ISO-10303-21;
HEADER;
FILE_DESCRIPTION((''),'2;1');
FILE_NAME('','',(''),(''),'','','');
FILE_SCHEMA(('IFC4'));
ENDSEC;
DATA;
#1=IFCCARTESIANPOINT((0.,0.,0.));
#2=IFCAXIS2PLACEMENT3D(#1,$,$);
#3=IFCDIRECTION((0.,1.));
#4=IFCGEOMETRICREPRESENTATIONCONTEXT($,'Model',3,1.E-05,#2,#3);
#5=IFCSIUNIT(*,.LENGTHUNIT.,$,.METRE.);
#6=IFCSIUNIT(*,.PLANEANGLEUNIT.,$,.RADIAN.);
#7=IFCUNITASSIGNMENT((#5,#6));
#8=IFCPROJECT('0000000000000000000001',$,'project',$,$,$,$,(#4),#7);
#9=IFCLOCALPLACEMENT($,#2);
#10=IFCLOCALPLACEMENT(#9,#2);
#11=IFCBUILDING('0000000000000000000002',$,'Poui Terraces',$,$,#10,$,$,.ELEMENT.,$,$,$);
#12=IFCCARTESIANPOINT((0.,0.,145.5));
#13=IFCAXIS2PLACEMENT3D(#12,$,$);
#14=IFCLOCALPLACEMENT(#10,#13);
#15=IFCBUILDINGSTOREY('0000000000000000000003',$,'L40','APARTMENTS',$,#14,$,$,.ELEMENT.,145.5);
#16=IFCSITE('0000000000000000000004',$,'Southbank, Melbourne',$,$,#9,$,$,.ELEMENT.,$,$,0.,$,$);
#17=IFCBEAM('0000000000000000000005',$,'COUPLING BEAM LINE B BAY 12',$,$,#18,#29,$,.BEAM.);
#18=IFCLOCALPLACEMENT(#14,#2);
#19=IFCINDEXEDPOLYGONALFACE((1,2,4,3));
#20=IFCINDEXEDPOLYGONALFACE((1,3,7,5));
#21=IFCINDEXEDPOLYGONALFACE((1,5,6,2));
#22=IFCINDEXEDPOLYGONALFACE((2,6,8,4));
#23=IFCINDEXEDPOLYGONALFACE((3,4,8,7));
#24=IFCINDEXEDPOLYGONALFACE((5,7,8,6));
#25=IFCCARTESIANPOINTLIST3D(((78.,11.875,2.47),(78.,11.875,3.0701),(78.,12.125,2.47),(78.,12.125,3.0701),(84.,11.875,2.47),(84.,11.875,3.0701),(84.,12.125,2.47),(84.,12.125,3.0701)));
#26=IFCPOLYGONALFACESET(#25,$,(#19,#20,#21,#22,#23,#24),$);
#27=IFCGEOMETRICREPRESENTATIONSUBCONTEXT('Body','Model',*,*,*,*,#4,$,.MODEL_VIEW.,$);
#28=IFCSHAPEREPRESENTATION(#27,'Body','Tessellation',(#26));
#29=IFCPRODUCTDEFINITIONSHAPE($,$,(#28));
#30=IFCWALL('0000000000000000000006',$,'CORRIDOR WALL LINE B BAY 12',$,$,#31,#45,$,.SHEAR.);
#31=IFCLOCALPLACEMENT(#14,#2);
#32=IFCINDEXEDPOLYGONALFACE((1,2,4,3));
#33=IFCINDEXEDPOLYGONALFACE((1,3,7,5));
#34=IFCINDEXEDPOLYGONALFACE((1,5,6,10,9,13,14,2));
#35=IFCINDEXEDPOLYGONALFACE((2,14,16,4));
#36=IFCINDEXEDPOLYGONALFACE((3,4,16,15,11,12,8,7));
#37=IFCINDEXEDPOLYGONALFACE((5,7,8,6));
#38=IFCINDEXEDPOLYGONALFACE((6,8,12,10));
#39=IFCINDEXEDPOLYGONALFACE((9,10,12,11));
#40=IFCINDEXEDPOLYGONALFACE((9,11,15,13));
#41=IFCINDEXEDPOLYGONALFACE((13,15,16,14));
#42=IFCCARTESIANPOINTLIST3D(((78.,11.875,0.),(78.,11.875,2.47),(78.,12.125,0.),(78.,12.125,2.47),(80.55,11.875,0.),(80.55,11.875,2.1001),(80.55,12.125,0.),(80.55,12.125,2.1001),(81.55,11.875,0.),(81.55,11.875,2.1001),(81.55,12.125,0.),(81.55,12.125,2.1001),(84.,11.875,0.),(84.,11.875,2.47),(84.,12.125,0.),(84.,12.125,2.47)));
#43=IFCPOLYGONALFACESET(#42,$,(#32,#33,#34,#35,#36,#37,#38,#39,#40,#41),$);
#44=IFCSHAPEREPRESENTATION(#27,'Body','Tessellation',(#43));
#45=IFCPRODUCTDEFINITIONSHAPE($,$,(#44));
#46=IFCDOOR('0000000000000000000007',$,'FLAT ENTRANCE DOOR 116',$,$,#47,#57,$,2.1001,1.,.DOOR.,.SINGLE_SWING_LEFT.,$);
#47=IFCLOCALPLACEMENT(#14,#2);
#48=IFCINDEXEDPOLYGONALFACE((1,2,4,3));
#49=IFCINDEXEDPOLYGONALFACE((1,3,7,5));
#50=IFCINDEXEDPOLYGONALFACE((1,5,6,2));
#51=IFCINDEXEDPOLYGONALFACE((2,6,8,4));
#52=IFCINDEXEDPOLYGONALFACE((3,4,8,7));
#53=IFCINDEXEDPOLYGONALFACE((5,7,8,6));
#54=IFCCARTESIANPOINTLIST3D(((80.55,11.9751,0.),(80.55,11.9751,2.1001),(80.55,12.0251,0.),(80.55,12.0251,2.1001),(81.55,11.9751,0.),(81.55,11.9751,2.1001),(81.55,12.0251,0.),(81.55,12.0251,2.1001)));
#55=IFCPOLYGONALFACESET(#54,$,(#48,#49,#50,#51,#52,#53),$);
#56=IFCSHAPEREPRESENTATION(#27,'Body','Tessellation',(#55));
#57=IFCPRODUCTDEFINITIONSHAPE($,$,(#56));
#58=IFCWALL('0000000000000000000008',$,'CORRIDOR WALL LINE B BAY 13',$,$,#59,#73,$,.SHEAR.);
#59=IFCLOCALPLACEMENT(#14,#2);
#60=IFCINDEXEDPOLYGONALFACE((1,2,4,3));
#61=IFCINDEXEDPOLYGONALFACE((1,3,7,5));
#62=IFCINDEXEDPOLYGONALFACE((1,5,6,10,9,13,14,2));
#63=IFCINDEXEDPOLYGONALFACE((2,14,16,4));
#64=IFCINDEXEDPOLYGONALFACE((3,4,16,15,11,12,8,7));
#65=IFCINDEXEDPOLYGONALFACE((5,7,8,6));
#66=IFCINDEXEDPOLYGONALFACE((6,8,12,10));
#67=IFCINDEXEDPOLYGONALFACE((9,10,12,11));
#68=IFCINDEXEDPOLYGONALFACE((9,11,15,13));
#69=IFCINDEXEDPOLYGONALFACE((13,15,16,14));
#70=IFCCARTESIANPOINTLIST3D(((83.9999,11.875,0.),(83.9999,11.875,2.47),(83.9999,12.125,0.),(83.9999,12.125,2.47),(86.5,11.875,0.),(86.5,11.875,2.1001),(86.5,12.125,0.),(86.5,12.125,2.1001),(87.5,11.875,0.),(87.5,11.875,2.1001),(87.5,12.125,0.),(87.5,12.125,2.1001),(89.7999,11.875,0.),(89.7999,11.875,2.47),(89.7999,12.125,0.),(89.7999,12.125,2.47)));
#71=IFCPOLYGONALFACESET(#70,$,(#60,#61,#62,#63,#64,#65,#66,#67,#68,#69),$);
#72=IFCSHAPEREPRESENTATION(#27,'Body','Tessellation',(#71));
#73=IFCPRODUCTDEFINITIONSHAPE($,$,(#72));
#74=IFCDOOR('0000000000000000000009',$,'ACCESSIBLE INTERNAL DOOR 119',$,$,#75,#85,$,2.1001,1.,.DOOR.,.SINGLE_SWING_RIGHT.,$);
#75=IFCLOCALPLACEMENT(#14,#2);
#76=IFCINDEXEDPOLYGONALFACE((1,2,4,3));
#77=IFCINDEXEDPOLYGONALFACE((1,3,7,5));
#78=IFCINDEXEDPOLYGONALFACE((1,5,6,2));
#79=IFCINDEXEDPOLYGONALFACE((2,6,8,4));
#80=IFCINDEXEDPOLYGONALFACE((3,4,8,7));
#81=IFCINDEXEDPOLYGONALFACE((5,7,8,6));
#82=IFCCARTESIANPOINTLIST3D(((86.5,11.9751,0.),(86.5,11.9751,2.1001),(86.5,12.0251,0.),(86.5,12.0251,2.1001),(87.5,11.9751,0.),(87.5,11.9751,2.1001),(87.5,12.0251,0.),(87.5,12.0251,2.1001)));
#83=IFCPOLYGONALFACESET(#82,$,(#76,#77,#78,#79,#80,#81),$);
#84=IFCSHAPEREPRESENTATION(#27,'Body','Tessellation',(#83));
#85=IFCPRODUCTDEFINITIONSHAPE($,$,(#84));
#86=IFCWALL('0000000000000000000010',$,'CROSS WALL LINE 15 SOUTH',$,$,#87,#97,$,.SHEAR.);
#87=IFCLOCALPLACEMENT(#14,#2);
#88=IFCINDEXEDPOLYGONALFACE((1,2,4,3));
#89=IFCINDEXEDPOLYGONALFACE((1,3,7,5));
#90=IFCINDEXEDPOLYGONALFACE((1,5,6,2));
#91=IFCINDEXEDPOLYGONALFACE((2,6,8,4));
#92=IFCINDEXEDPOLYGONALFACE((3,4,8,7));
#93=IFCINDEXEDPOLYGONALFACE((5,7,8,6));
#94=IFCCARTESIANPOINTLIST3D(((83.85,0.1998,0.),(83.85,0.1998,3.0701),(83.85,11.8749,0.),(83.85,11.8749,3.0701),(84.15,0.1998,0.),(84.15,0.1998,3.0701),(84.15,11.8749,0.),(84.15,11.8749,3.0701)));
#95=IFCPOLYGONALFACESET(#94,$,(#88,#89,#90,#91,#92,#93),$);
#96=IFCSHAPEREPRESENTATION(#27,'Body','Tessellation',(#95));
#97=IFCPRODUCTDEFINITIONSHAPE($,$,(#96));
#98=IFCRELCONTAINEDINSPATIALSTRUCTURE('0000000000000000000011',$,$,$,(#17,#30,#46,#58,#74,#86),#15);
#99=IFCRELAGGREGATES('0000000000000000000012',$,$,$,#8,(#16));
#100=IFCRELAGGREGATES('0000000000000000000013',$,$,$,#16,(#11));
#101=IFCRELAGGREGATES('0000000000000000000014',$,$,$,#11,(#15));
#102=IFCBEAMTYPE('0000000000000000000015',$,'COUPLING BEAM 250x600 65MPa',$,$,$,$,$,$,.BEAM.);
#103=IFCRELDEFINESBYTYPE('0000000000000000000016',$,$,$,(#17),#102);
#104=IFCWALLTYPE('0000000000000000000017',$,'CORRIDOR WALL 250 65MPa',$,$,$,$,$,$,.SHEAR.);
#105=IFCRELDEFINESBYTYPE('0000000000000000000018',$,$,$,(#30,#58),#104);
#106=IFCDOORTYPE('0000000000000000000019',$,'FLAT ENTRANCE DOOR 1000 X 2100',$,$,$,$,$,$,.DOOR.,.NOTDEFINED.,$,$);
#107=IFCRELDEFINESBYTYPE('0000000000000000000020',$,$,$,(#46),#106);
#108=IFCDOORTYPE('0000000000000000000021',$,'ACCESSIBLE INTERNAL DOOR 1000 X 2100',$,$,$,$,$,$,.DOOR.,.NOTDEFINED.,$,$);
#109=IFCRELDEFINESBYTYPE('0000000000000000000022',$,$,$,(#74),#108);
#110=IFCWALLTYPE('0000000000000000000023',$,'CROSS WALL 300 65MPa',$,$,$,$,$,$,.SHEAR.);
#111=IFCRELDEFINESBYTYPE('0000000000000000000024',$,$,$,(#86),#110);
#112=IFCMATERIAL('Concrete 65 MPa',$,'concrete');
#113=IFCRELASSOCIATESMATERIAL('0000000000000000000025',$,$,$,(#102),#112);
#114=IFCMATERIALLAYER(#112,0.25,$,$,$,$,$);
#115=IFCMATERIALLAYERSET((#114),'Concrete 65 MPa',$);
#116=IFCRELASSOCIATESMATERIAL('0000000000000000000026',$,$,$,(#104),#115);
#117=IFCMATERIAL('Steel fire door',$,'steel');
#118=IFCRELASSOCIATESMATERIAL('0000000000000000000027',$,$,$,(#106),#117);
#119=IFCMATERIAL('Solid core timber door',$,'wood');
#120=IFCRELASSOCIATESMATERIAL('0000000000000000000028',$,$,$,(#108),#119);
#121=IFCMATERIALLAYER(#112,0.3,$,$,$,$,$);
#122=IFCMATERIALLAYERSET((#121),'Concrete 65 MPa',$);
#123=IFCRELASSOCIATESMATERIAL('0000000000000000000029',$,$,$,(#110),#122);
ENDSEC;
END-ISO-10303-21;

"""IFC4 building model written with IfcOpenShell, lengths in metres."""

from ifc_helpers import new_model, si_unit, direction, frame, frame_2d, origin, origin_2d, place, context, subcontext, project, spatial, rectangle, extrude, source, transform, mapped, material, layer, layer_set, material_profile, profile_set, type_object, element, fill, save


model = new_model("IFC4")

# Units and contexts
model_context = context("Model", 3, precision=1e-05, world=origin(), true_north=direction((0.0, 1.0)))
body_context = subcontext(model_context, "Body", "Model", "MODEL_VIEW")
ifc_project = project(units=[si_unit("LENGTHUNIT", "METRE"), si_unit("PLANEANGLEUNIT", "RADIAN")], contexts=[model_context])

# Site, building, storey
site_placement = place(None, origin())
site = spatial("IfcSite", under=ifc_project, at=site_placement, Name="Southbank, Melbourne", CompositionType="ELEMENT", RefElevation=0.0)
building_placement = place(site_placement, origin())
building = spatial("IfcBuilding", under=site, at=building_placement, Name="Poui Terraces", CompositionType="ELEMENT")
storey_placement = place(building_placement, frame((0.0, 0.0, 145.5)))
storey = spatial("IfcBuildingStorey", under=building, at=storey_placement, Name="L40", Description="APARTMENTS", CompositionType="ELEMENT", Elevation=145.5)

# Beam
ifc_material_1 = material(Name="Concrete 65 MPa", Category="concrete")
ifc_material_profile = material_profile(ifc_material_1, rectangle(XDim=0.25, YDim=0.6001, at=origin_2d()), Name="RC 250x600")
ifc_profile_set = profile_set([ifc_material_profile], Name="Concrete 65 MPa")
beam_type = type_object("IfcBeamType", Name="COUPLING BEAM 250x600 65MPa", PredefinedType="BEAM", material=ifc_profile_set)
shared_shape = source(origin(), body_context, "Body", "SweptSolid", [
    extrude(rectangle(XDim=0.25, YDim=0.6001, at=origin_2d()), origin(), (0.0, 0.0, 1.0), 6.0),
])
beam_placement = place(storey_placement, frame((78.0, 12.0, 2.77), z_axis=(1.0, 0.0, 0.0), x_axis=(0.0, 1.0, 0.0)))
element("IfcBeam", 1, at=beam_placement, inside=storey, type_object=beam_type, Name="COUPLING BEAM LINE B BAY 12", PredefinedType="BEAM", context=body_context, shape_type="MappedRepresentation", body=[
    mapped(shared_shape, transform((0.0, 0.0, 0.0))),
])

# Walls, openings, doors
ifc_layer_1 = layer(ifc_material_1, 0.25)
ifc_layer_set_1 = layer_set([ifc_layer_1], Name="Concrete 65 MPa")
wall_type_1 = type_object("IfcWallType", Name="CORRIDOR WALL 250 65MPa", PredefinedType="SHEAR", material=ifc_layer_set_1)
wall_1_placement = place(storey_placement, frame((78.0, 12.0, 0.0), z_axis=(0.0, 0.0, 1.0), x_axis=(1.0, 0.0, 0.0)))
wall_1 = element("IfcWall", 2, at=wall_1_placement, inside=storey, type_object=wall_type_1, Name="CORRIDOR WALL LINE B BAY 12", PredefinedType="SHEAR", context=body_context, shape_type="SweptSolid", body=[
    extrude(rectangle(XDim=6.0, YDim=0.25, at=frame_2d((3.0, 0.0))), origin(), (0.0, 0.0, 1.0), 2.47),
])
opening_1_placement = place(wall_1_placement, frame((2.55, 0.0, 0.0)))
opening_1 = element("IfcOpeningElement", 3, at=opening_1_placement, cuts=wall_1, PredefinedType="OPENING", context=body_context, shape_type="SweptSolid", body=[
    extrude(rectangle(XDim=1.0, YDim=2.1001, at=frame_2d((0.5, 1.05))), frame((0.0, 0.135, 0.0), z_axis=(0.0, -1.0, 0.0), x_axis=(1.0, 0.0, 0.0)), (0.0, 0.0, 1.0), 0.27),
])
ifc_material_2 = material(Name="Steel fire door", Category="steel")
door_type_1 = type_object("IfcDoorType", Name="FLAT ENTRANCE DOOR 1000 X 2100", OperationType="NOTDEFINED", PredefinedType="DOOR", material=ifc_material_2)
door_1_placement = place(opening_1_placement, frame((1.0, 0.0, 0.0), z_axis=(0.0, 0.0, 1.0), x_axis=(-1.0, 0.0, 0.0)))
door_1 = element("IfcDoor", 4, at=door_1_placement, inside=storey, type_object=door_type_1, Name="FLAT ENTRANCE DOOR 116", OperationType="SINGLE_SWING_LEFT", OverallHeight=2.1001, OverallWidth=1.0, PredefinedType="DOOR", context=body_context, shape_type="SweptSolid", body=[
    extrude(rectangle(XDim=1.0, YDim=2.1001, at=frame_2d((0.5, 1.05))), frame((0.0, 0.0249, 0.0), z_axis=(0.0, -1.0, 0.0), x_axis=(1.0, 0.0, 0.0)), (0.0, 0.0, 1.0), 0.05),
])
fill(opening_1, door_1)
wall_2_placement = place(storey_placement, frame((84.0, 12.0, 0.0), z_axis=(0.0, 0.0, 1.0), x_axis=(1.0, 0.0, 0.0)))
wall_2 = element("IfcWall", 5, at=wall_2_placement, inside=storey, type_object=wall_type_1, Name="CORRIDOR WALL LINE B BAY 13", PredefinedType="SHEAR", context=body_context, shape_type="SweptSolid", body=[
    extrude(rectangle(XDim=5.8, YDim=0.25, at=frame_2d((2.8999, 0.0))), origin(), (0.0, 0.0, 1.0), 2.47),
])
opening_2_placement = place(wall_2_placement, frame((2.5, 0.0, 0.0)))
opening_2 = element("IfcOpeningElement", 6, at=opening_2_placement, cuts=wall_2, PredefinedType="OPENING", context=body_context, shape_type="SweptSolid", body=[
    extrude(rectangle(XDim=1.0, YDim=2.1001, at=frame_2d((0.5, 1.05))), frame((0.0, 0.135, 0.0), z_axis=(0.0, -1.0, 0.0), x_axis=(1.0, 0.0, 0.0)), (0.0, 0.0, 1.0), 0.27),
])
ifc_material_3 = material(Name="Solid core timber door", Category="wood")
door_type_2 = type_object("IfcDoorType", Name="ACCESSIBLE INTERNAL DOOR 1000 X 2100", OperationType="NOTDEFINED", PredefinedType="DOOR", material=ifc_material_3)
door_2_placement = place(opening_2_placement, frame((1.0, 0.0, 0.0), z_axis=(0.0, 0.0, 1.0), x_axis=(-1.0, 0.0, 0.0)))
door_2 = element("IfcDoor", 7, at=door_2_placement, inside=storey, type_object=door_type_2, Name="ACCESSIBLE INTERNAL DOOR 119", OperationType="SINGLE_SWING_RIGHT", OverallHeight=2.1001, OverallWidth=1.0, PredefinedType="DOOR", context=body_context, shape_type="SweptSolid", body=[
    extrude(rectangle(XDim=1.0, YDim=2.1001, at=frame_2d((0.5, 1.05))), frame((0.0, 0.0249, 0.0), z_axis=(0.0, -1.0, 0.0), x_axis=(1.0, 0.0, 0.0)), (0.0, 0.0, 1.0), 0.05),
])
fill(opening_2, door_2)

# Wall
ifc_layer_2 = layer(ifc_material_1, 0.3)
ifc_layer_set_2 = layer_set([ifc_layer_2], Name="Concrete 65 MPa")
wall_type_2 = type_object("IfcWallType", Name="CROSS WALL 300 65MPa", PredefinedType="SHEAR", material=ifc_layer_set_2)
wall_3_placement = place(storey_placement, frame((84.0, 0.2, 0.0), z_axis=(0.0, 0.0, 1.0), x_axis=(0.0, 1.0, 0.0)))
element("IfcWall", 8, at=wall_3_placement, inside=storey, type_object=wall_type_2, Name="CROSS WALL LINE 15 SOUTH", PredefinedType="SHEAR", context=body_context, shape_type="SweptSolid", body=[
    extrude(rectangle(XDim=11.675, YDim=0.3, at=frame_2d((5.8374, 0.0))), origin(), (0.0, 0.0, 1.0), 3.0701),
])

save(model, "model.ifc")
